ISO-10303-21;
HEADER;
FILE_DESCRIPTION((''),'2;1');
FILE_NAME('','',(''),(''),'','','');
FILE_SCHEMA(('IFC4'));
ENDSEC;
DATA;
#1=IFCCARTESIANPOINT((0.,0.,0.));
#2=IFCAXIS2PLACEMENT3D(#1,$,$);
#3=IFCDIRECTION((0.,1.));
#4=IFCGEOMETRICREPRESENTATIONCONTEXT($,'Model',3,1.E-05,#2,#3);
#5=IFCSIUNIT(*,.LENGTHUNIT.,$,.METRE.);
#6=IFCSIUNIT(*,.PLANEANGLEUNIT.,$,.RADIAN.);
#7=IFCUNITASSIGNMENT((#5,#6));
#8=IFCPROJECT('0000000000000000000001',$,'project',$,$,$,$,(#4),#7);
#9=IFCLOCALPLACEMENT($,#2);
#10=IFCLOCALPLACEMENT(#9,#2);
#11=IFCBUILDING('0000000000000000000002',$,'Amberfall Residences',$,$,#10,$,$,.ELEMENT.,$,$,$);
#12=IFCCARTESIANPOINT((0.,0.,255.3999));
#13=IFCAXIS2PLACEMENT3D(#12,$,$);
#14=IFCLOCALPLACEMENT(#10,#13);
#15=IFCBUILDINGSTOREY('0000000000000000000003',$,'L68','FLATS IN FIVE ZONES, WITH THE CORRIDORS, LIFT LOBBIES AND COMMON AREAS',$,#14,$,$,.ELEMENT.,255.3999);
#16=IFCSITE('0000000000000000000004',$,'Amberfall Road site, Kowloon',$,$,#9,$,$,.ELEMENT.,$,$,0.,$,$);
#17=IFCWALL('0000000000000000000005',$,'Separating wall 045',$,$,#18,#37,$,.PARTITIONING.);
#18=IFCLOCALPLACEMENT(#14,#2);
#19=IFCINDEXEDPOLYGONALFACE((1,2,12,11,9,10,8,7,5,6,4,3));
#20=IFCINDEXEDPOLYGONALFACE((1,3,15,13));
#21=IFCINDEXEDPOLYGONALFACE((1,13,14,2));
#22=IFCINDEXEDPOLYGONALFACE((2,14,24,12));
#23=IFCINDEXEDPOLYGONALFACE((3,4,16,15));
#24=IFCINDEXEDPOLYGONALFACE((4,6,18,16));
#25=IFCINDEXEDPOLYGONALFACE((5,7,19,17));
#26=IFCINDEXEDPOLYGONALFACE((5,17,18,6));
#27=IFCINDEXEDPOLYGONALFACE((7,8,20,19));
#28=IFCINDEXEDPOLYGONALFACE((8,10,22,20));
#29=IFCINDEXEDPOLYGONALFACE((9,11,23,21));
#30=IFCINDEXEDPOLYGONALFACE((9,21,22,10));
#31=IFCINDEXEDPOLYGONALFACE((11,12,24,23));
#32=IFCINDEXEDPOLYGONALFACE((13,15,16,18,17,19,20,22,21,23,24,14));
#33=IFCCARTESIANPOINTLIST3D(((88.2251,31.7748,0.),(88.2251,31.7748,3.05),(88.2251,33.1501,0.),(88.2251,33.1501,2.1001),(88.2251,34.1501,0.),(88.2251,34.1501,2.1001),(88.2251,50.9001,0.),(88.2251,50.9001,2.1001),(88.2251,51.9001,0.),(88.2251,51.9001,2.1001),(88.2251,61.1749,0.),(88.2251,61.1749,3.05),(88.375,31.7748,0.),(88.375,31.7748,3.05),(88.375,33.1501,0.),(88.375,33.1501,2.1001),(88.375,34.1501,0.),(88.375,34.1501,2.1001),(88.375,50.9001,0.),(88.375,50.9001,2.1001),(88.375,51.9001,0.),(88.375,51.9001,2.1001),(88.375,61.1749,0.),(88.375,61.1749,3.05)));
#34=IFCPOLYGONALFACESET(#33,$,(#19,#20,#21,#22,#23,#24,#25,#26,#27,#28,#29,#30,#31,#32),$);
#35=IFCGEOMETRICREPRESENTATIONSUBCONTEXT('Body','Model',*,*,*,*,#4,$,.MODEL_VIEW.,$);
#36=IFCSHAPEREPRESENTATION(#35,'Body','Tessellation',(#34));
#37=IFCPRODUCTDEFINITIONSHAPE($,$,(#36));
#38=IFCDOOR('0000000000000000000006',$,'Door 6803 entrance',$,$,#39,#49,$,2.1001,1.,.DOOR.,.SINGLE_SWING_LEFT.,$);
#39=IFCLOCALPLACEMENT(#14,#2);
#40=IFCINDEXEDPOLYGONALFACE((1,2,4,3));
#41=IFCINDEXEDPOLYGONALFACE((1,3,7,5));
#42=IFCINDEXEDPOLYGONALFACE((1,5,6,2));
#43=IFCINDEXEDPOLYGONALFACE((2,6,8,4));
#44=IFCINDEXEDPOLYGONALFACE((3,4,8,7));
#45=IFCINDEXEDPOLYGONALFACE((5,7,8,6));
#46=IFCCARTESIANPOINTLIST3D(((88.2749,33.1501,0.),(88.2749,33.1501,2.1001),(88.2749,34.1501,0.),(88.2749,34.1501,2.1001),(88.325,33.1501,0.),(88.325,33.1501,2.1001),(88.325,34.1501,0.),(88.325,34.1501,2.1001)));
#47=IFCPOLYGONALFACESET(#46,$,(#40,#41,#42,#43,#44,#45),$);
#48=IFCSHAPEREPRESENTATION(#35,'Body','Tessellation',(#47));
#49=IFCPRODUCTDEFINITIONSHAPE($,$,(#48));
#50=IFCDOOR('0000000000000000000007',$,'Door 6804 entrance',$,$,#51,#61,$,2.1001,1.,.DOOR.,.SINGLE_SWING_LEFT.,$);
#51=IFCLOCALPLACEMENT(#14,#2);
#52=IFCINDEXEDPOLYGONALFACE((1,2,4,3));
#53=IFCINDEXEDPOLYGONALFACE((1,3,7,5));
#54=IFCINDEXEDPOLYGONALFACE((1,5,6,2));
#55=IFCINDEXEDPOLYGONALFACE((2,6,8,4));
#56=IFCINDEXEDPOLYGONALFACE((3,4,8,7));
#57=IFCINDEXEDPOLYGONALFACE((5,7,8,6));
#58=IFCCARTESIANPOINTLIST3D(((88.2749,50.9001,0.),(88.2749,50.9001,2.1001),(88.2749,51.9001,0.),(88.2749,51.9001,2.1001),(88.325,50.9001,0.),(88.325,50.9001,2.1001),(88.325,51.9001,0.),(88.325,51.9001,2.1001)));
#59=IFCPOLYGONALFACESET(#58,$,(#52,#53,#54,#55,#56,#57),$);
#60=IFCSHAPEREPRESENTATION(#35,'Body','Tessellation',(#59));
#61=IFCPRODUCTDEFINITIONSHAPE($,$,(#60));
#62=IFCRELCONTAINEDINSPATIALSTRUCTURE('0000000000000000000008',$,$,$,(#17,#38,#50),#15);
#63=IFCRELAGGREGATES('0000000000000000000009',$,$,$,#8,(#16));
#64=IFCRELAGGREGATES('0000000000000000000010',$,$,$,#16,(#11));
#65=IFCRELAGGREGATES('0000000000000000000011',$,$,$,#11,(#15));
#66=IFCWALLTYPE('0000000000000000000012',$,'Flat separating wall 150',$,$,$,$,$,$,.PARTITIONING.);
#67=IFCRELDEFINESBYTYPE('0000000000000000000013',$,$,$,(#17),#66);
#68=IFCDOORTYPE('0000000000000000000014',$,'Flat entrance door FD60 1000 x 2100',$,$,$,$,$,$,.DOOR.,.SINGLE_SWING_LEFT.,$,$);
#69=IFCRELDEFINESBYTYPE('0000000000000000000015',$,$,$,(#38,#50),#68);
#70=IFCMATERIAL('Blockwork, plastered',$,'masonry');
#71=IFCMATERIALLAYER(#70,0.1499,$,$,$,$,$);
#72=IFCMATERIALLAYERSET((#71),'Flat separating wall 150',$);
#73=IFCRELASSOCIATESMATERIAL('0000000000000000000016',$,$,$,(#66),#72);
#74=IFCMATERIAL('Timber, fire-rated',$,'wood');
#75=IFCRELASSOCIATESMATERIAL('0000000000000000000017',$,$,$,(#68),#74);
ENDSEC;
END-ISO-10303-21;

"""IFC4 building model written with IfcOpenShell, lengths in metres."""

from ifc_helpers import new_model, si_unit, direction, frame, frame_2d, origin, place, context, subcontext, project, spatial, rectangle, extrude, material, layer, layer_set, type_object, element, fill, save


model = new_model("IFC4")

# Units and contexts
model_context = context("Model", 3, precision=1e-05, world=origin(), true_north=direction((0.0, 1.0)))
body_context = subcontext(model_context, "Body", "Model", "MODEL_VIEW")
ifc_project = project(units=[si_unit("LENGTHUNIT", "METRE"), si_unit("PLANEANGLEUNIT", "RADIAN")], contexts=[model_context])

# Site, building, storey
site_placement = place(None, origin())
site = spatial("IfcSite", under=ifc_project, at=site_placement, Name="Amberfall Road site, Kowloon", CompositionType="ELEMENT", RefElevation=0.0)
building_placement = place(site_placement, origin())
building = spatial("IfcBuilding", under=site, at=building_placement, Name="Amberfall Residences", CompositionType="ELEMENT")
storey_placement = place(building_placement, frame((0.0, 0.0, 255.3999)))
storey = spatial("IfcBuildingStorey", under=building, at=storey_placement, Name="L68", Description="FLATS IN FIVE ZONES, WITH THE CORRIDORS, LIFT LOBBIES AND COMMON AREAS", CompositionType="ELEMENT", Elevation=255.3999)

# Wall, openings, doors
ifc_material_1 = material(Name="Blockwork, plastered", Category="masonry")
ifc_layer_1 = layer(ifc_material_1, 0.1499)
ifc_layer_set_1 = layer_set([ifc_layer_1], Name="Flat separating wall 150")
wall_type_1 = type_object("IfcWallType", Name="Flat separating wall 150", PredefinedType="PARTITIONING", material=ifc_layer_set_1)
wall_1_placement = place(storey_placement, frame((88.3, 61.175, 0.0), z_axis=(0.0, 0.0, 1.0), x_axis=(0.0, -1.0, 0.0)))
wall_1 = element("IfcWall", 1, at=wall_1_placement, inside=storey, type_object=wall_type_1, Name="Separating wall 045", PredefinedType="PARTITIONING", context=body_context, shape_type="SweptSolid", body=[
    extrude(rectangle(XDim=29.4001, YDim=0.1499, at=frame_2d((14.7002, 0.0))), origin(), (0.0, 0.0, 1.0), 3.05),
])
opening_1_placement = place(wall_1_placement, frame((27.0249, 0.0, 0.0)))
opening_1 = element("IfcOpeningElement", 2, at=opening_1_placement, cuts=wall_1, PredefinedType="OPENING", context=body_context, shape_type="SweptSolid", body=[
    extrude(rectangle(XDim=1.0, YDim=2.1001, at=frame_2d((0.5, 1.05))), frame((0.0, 0.085, 0.0), z_axis=(0.0, -1.0, 0.0), x_axis=(1.0, 0.0, 0.0)), (0.0, 0.0, 1.0), 0.1699),
])
opening_2_placement = place(wall_1_placement, frame((9.2749, 0.0, 0.0)))
opening_2 = element("IfcOpeningElement", 3, at=opening_2_placement, cuts=wall_1, PredefinedType="OPENING", context=body_context, shape_type="SweptSolid", body=[
    extrude(rectangle(XDim=1.0, YDim=2.1001, at=frame_2d((0.5, 1.05))), frame((0.0, 0.085, 0.0), z_axis=(0.0, -1.0, 0.0), x_axis=(1.0, 0.0, 0.0)), (0.0, 0.0, 1.0), 0.1699),
])
ifc_material_2 = material(Name="Timber, fire-rated", Category="wood")
door_type_1 = type_object("IfcDoorType", Name="Flat entrance door FD60 1000 x 2100", OperationType="SINGLE_SWING_LEFT", PredefinedType="DOOR", material=ifc_material_2)
door_1_placement = place(opening_1_placement, origin())
door_1 = element("IfcDoor", 4, at=door_1_placement, inside=storey, type_object=door_type_1, Name="Door 6803 entrance", OperationType="SINGLE_SWING_LEFT", OverallHeight=2.1001, OverallWidth=1.0, PredefinedType="DOOR", context=body_context, shape_type="SweptSolid", body=[
    extrude(rectangle(XDim=1.0, YDim=2.1001, at=frame_2d((0.5, 1.05))), frame((0.0, 0.0249, 0.0), z_axis=(0.0, -1.0, 0.0), x_axis=(1.0, 0.0, 0.0)), (0.0, 0.0, 1.0), 0.05),
])
fill(opening_1, door_1)
door_2_placement = place(opening_2_placement, origin())
door_2 = element("IfcDoor", 5, at=door_2_placement, inside=storey, type_object=door_type_1, Name="Door 6804 entrance", OperationType="SINGLE_SWING_LEFT", OverallHeight=2.1001, OverallWidth=1.0, PredefinedType="DOOR", context=body_context, shape_type="SweptSolid", body=[
    extrude(rectangle(XDim=1.0, YDim=2.1001, at=frame_2d((0.5, 1.05))), frame((0.0, 0.0249, 0.0), z_axis=(0.0, -1.0, 0.0), x_axis=(1.0, 0.0, 0.0)), (0.0, 0.0, 1.0), 0.05),
])
fill(opening_2, door_2)

save(model, "model.ifc")
